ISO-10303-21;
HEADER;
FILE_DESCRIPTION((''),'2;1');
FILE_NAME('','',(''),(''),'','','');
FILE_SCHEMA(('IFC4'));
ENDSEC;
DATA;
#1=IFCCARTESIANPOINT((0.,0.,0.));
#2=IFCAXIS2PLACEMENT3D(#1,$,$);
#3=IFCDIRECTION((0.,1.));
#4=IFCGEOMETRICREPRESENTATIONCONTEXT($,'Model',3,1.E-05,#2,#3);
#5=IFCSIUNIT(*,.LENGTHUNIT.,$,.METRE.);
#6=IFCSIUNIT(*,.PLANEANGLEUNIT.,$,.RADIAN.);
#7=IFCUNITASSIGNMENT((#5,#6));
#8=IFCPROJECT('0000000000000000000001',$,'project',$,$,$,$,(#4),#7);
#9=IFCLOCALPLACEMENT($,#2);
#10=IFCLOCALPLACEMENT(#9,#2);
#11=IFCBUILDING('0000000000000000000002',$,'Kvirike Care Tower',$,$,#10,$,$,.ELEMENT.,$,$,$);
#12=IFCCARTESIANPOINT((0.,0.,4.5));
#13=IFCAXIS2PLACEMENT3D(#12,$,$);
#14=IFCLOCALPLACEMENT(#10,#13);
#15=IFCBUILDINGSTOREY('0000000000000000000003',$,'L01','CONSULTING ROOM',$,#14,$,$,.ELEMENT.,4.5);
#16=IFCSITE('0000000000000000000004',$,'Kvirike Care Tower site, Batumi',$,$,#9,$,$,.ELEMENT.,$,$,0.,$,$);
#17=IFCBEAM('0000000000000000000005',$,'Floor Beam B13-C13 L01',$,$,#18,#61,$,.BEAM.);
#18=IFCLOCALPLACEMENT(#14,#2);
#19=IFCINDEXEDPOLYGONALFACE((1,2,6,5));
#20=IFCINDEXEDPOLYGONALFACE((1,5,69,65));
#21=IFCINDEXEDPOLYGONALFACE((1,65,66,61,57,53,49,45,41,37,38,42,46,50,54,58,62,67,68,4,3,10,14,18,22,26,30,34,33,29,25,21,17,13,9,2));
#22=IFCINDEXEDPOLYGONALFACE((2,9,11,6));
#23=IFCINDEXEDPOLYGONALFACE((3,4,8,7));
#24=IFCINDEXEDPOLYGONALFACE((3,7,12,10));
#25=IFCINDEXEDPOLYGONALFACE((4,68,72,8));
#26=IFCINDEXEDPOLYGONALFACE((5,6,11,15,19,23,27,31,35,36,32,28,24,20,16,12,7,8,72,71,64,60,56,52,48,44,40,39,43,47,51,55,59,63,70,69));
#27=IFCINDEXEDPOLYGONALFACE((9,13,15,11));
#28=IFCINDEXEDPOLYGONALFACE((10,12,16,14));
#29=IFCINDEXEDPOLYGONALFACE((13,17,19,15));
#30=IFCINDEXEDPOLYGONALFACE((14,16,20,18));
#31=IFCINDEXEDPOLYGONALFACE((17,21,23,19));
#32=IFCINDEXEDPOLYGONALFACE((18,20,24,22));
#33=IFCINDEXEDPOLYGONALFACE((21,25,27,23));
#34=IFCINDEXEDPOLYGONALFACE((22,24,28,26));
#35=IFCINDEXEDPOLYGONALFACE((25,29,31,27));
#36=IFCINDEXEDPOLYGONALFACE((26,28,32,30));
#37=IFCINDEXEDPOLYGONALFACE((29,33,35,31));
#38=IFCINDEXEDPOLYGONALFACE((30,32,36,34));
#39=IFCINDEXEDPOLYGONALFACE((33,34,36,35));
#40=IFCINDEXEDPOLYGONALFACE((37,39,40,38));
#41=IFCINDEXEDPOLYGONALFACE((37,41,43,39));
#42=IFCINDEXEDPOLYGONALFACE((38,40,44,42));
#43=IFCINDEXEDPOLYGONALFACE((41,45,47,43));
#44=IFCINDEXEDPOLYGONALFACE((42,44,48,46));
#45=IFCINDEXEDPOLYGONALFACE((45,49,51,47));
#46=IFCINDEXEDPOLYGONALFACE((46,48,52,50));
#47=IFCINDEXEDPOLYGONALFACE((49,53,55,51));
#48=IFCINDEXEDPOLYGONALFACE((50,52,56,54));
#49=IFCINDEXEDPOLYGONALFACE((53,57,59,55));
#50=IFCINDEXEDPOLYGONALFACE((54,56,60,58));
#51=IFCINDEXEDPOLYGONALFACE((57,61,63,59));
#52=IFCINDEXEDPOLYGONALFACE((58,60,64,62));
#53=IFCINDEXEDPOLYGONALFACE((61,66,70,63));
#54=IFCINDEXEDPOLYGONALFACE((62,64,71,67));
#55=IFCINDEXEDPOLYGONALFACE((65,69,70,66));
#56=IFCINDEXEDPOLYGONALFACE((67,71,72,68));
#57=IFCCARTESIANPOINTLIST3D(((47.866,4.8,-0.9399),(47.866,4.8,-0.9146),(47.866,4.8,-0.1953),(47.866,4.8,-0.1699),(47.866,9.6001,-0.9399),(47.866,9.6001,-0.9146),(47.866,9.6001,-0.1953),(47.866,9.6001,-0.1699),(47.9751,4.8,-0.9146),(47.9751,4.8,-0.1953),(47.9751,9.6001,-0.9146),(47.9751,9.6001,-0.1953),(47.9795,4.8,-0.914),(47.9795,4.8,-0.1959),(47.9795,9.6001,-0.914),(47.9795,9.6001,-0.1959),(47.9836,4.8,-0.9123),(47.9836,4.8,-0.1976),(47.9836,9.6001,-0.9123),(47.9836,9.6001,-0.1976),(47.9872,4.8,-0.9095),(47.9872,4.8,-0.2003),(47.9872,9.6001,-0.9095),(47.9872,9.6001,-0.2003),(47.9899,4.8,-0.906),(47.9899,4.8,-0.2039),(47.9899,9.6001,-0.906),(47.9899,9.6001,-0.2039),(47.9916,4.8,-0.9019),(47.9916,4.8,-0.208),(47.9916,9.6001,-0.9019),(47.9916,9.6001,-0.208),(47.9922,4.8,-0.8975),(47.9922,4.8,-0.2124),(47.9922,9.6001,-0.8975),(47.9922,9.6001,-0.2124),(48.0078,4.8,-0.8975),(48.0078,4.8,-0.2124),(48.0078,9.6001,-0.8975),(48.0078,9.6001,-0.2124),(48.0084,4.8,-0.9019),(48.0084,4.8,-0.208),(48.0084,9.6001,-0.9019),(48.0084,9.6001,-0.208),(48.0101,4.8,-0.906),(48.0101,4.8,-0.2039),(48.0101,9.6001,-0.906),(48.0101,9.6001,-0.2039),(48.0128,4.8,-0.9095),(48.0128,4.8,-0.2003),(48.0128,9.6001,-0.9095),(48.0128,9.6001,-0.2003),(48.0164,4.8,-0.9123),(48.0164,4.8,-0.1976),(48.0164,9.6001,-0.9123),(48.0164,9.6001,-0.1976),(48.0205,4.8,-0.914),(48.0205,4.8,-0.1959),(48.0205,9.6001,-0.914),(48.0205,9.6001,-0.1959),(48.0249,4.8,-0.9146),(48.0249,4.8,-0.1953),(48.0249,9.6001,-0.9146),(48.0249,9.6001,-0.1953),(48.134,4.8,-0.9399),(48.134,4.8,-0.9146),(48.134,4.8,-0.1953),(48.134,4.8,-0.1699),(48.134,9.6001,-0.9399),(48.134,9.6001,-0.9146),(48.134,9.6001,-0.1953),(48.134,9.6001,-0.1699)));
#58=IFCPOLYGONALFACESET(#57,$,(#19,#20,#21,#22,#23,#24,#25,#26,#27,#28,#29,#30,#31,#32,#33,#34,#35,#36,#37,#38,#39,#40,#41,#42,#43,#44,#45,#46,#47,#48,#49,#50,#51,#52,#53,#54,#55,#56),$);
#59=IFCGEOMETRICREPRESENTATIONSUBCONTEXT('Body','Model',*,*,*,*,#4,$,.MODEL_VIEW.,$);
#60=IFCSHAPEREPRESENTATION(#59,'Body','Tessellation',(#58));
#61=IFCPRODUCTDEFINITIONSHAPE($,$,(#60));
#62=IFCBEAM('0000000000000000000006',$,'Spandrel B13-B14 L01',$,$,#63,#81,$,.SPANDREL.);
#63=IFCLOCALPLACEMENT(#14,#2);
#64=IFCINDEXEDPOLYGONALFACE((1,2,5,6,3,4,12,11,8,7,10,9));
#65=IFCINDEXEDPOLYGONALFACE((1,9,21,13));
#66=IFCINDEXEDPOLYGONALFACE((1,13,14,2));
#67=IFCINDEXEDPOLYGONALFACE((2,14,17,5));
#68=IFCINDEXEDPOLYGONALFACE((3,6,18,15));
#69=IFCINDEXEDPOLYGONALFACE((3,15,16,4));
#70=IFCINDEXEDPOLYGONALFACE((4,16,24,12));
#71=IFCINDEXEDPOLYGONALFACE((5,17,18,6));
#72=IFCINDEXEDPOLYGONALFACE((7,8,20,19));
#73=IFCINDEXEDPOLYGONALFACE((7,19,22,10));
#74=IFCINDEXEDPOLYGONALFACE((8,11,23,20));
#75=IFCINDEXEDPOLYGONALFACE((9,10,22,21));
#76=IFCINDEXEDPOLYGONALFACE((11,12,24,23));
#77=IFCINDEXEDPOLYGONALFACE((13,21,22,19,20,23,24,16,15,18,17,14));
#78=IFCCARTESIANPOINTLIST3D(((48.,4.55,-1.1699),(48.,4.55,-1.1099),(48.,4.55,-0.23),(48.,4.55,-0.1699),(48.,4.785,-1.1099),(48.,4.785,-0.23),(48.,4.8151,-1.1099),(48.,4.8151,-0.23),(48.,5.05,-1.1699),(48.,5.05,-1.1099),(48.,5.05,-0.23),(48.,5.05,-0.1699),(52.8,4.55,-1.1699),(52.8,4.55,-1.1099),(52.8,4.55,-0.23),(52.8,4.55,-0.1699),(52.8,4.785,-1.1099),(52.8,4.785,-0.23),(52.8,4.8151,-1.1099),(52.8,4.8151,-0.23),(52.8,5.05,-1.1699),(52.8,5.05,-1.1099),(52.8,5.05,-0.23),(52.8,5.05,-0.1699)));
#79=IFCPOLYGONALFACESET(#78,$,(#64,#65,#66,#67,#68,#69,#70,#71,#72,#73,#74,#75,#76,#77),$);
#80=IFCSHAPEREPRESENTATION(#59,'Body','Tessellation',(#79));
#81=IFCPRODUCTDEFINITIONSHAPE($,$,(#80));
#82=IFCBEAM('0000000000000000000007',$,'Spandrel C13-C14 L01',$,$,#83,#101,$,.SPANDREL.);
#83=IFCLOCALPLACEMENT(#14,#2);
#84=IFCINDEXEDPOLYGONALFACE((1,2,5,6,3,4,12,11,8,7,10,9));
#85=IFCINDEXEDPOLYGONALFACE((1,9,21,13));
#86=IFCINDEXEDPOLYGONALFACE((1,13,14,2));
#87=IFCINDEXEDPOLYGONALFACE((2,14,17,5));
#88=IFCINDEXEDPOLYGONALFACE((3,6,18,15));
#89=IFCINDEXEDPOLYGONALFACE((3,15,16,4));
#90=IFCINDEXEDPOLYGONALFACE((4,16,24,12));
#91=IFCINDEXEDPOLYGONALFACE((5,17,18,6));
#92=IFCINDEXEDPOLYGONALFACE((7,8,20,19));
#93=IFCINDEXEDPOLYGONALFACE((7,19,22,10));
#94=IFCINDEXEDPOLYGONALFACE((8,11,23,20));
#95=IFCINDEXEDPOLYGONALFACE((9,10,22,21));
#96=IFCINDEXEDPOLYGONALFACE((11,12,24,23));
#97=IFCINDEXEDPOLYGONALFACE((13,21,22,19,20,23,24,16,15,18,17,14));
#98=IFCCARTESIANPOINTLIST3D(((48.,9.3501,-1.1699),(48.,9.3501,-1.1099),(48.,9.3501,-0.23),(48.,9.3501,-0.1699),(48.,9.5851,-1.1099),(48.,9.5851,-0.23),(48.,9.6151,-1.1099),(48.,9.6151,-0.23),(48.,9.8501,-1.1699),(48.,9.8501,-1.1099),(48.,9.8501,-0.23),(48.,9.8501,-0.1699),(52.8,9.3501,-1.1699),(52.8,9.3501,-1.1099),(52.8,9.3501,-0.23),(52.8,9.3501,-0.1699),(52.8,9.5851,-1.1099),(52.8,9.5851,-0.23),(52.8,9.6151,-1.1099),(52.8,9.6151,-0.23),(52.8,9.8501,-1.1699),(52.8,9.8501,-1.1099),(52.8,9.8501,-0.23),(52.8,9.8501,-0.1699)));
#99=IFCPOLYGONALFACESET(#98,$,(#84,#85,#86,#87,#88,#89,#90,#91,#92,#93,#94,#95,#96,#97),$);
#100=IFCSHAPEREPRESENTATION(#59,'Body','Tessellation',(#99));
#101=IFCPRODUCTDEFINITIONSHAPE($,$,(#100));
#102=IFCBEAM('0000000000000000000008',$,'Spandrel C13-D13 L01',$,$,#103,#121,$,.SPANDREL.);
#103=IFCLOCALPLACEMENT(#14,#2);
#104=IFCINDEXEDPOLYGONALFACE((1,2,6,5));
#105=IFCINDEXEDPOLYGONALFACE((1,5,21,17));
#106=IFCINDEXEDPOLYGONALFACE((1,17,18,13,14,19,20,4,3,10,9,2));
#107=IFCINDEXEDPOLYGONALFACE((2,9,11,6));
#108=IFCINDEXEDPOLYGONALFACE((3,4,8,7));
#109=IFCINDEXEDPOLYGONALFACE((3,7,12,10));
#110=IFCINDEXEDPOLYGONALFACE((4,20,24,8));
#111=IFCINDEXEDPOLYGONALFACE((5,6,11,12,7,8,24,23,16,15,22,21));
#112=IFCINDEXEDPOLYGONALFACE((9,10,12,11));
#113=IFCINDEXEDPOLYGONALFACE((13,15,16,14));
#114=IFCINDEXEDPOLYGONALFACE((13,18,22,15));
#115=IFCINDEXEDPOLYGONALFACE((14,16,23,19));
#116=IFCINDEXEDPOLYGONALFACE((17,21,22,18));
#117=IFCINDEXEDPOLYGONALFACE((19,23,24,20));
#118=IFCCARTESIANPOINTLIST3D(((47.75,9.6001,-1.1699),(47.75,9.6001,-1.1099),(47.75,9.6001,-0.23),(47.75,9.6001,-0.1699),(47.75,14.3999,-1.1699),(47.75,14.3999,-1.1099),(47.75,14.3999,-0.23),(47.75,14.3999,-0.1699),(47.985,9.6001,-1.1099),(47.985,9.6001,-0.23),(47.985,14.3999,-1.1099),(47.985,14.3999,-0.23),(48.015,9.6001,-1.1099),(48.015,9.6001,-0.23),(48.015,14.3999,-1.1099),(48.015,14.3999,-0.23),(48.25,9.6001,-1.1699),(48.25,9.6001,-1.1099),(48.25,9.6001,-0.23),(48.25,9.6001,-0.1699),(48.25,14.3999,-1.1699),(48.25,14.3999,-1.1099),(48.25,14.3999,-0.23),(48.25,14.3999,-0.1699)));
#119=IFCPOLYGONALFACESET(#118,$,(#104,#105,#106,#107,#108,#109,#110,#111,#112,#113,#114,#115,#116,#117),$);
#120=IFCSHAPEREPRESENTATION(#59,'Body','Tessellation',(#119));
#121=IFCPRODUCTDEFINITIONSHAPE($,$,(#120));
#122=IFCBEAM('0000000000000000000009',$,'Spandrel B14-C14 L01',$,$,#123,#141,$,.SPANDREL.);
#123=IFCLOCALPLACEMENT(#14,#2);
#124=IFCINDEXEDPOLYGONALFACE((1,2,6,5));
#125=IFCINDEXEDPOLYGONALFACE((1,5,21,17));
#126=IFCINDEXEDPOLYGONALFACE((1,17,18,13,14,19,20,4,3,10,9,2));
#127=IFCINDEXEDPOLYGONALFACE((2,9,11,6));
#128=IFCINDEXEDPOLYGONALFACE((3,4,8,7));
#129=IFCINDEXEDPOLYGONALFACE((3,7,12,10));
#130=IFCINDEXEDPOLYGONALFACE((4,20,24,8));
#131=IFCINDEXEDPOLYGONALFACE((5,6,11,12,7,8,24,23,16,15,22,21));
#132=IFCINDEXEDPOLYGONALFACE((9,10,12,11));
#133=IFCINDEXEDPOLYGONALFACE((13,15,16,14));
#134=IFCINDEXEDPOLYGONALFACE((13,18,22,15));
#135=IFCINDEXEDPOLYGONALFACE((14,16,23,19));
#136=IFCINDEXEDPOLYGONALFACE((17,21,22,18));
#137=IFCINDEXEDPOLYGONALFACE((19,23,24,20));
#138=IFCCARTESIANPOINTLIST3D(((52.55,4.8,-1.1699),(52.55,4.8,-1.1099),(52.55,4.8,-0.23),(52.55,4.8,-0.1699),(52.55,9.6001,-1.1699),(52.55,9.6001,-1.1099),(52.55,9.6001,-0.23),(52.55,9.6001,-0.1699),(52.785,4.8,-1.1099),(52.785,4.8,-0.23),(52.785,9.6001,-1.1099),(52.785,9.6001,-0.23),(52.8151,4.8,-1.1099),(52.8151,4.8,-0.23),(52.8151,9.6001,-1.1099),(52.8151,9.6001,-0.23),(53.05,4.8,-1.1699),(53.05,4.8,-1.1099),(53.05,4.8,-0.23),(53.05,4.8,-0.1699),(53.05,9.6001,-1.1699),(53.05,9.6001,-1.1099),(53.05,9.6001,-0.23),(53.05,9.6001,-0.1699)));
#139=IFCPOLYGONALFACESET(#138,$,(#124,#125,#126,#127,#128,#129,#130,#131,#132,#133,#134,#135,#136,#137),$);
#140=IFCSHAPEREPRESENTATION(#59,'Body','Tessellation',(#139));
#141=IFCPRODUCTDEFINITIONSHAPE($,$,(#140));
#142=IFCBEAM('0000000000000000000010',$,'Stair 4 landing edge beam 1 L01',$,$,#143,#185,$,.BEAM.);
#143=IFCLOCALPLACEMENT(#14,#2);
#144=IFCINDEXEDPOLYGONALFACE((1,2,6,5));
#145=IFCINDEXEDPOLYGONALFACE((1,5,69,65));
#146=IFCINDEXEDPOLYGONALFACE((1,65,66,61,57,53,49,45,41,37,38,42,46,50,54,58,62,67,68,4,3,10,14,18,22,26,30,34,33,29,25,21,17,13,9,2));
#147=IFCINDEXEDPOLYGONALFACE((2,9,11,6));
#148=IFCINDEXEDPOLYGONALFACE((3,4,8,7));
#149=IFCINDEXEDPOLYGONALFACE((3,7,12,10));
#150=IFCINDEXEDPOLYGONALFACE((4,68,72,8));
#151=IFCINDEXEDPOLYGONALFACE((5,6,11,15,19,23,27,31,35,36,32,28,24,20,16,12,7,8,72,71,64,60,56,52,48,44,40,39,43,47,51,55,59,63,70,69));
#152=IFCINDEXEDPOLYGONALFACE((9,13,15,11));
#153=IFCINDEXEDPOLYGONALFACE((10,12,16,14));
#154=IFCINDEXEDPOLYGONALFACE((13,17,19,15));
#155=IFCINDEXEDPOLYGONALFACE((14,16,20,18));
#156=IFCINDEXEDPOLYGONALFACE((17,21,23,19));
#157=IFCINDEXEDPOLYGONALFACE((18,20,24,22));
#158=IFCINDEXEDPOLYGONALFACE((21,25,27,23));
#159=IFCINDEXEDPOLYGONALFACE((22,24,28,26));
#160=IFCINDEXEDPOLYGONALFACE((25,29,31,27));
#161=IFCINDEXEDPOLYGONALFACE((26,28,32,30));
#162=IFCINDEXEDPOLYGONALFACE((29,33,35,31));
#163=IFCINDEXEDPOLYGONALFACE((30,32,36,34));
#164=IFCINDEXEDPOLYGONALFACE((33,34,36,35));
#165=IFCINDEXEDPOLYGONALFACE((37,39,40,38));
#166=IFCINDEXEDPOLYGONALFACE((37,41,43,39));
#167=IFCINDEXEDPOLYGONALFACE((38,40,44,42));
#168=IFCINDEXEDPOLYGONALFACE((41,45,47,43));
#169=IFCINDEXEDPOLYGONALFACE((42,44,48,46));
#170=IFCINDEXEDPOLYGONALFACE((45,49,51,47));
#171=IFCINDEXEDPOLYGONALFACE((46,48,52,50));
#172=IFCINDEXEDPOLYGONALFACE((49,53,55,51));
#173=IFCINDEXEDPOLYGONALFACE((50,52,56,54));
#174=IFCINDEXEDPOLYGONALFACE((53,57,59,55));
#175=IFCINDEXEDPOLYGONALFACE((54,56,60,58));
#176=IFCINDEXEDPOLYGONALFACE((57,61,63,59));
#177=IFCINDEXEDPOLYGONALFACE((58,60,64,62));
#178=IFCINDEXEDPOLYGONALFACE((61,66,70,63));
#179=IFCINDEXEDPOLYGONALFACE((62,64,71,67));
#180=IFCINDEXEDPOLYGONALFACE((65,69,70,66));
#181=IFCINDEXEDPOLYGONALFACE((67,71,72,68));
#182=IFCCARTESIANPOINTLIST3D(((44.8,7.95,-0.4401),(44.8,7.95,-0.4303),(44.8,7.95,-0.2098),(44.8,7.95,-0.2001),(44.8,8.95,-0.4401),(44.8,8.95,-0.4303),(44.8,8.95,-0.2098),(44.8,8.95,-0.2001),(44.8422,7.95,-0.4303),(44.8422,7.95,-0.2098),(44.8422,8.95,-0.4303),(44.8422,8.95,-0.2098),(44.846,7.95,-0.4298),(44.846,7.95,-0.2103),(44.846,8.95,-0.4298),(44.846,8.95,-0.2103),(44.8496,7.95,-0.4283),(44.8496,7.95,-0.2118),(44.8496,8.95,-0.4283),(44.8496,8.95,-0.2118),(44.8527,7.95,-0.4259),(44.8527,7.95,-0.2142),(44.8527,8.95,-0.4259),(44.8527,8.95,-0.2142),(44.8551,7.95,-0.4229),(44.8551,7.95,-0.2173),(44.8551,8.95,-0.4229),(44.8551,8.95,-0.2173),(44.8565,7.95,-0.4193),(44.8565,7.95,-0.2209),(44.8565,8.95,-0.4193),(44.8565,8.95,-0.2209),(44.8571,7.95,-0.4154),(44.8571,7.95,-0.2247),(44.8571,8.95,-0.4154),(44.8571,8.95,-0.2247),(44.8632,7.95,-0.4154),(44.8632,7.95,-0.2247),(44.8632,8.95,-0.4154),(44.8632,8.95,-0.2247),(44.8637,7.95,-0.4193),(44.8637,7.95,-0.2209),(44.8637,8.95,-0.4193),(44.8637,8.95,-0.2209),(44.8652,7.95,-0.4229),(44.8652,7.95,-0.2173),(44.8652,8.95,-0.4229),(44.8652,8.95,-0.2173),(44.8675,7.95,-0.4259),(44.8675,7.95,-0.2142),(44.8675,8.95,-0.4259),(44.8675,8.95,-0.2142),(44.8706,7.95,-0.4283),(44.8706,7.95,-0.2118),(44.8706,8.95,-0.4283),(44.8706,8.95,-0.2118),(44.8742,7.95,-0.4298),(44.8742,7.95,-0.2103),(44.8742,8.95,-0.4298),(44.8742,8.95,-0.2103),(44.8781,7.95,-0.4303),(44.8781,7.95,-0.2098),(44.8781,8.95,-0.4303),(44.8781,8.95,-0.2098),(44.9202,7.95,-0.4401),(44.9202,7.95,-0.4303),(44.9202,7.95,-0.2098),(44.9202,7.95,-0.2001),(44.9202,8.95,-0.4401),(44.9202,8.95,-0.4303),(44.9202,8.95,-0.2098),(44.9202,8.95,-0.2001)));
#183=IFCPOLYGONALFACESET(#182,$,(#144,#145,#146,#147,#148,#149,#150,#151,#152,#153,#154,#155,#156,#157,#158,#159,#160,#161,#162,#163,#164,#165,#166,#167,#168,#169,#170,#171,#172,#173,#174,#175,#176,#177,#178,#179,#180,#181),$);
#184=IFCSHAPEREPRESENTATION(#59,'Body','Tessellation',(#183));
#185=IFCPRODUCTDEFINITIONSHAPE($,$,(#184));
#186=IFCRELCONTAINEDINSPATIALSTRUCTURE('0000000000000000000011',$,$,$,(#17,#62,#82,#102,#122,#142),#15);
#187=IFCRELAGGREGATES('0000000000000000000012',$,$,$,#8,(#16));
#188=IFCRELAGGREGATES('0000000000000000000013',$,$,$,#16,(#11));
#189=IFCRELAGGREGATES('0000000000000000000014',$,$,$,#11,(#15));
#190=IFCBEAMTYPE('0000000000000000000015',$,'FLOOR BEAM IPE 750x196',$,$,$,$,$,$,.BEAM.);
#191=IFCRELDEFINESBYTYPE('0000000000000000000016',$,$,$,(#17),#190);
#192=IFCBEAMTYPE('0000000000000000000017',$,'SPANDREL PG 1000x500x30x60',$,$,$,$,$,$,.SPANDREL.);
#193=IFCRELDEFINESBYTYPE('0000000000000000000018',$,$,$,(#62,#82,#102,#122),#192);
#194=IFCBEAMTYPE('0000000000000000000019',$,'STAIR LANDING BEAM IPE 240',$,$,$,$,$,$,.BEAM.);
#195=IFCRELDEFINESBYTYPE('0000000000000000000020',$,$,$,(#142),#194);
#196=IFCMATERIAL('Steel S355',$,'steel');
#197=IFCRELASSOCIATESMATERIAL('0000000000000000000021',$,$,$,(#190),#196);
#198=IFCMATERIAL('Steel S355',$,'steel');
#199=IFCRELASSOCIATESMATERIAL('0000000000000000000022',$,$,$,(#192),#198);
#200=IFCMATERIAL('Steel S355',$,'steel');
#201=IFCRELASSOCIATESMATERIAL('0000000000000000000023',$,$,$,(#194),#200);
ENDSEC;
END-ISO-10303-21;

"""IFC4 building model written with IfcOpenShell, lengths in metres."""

from ifc_helpers import new_model, si_unit, direction, frame, origin, origin_2d, place, context, subcontext, project, spatial, i_section, extrude, material, material_profile, profile_set, type_object, element, save


model = new_model("IFC4")

# Units and contexts
model_context = context("Model", 3, precision=1e-05, world=origin(), true_north=direction((0.0, 1.0)))
body_context = subcontext(model_context, "Body", "Model", "MODEL_VIEW")
ifc_project = project(units=[si_unit("LENGTHUNIT", "METRE"), si_unit("PLANEANGLEUNIT", "RADIAN")], contexts=[model_context])

# Site, building, storey
site_placement = place(None, origin())
site = spatial("IfcSite", under=ifc_project, at=site_placement, Name="Kvirike Care Tower site, Batumi", CompositionType="ELEMENT", RefElevation=0.0)
building_placement = place(site_placement, origin())
building = spatial("IfcBuilding", under=site, at=building_placement, Name="Kvirike Care Tower", CompositionType="ELEMENT")
storey_placement = place(building_placement, frame((0.0, 0.0, 4.5)))
storey = spatial("IfcBuildingStorey", under=building, at=storey_placement, Name="L01", Description="CONSULTING ROOM", CompositionType="ELEMENT", Elevation=4.5)

# Beams
ifc_material_1 = material(Name="Steel S355", Category="steel")
ifc_material_profile_1 = material_profile(ifc_material_1, i_section(OverallWidth=0.2681, OverallDepth=0.77, WebThickness=0.0156, FlangeThickness=0.0254, FilletRadius=0.0171, at=origin_2d()), Name="IPE 750x196")
ifc_profile_set_1 = profile_set([ifc_material_profile_1], Name="Steel S355")
beam_type_1 = type_object("IfcBeamType", Name="FLOOR BEAM IPE 750x196", PredefinedType="BEAM", material=ifc_profile_set_1)
beam_1_placement = place(storey_placement, frame((48.0, 4.8, -0.5549), z_axis=(0.0, 1.0, 0.0), x_axis=(-1.0, 0.0, 0.0)))
element("IfcBeam", 1, at=beam_1_placement, inside=storey, type_object=beam_type_1, Name="Floor Beam B13-C13 L01", PredefinedType="BEAM", context=body_context, shape_type="SweptSolid", body=[
    extrude(i_section(OverallWidth=0.2681, OverallDepth=0.77, WebThickness=0.0156, FlangeThickness=0.0254, FilletRadius=0.0171, at=origin_2d()), origin(), (0.0, 0.0, 1.0), 4.8),
])
ifc_material_2 = material(Name="Steel S355", Category="steel")
ifc_material_profile_2 = material_profile(ifc_material_2, i_section(OverallWidth=0.5, OverallDepth=1.0, WebThickness=0.03, FlangeThickness=0.0601, at=origin_2d()), Name="PG 1000x500x30x60")
ifc_profile_set_2 = profile_set([ifc_material_profile_2], Name="Steel S355")
beam_type_2 = type_object("IfcBeamType", Name="SPANDREL PG 1000x500x30x60", PredefinedType="SPANDREL", material=ifc_profile_set_2)
for number, where, z_axis, x_axis, name in (
    (2, (48.0, 4.8, -0.6699), (1.0, 0.0, 0.0), (0.0, 1.0, 0.0), "Spandrel B13-B14 L01"),
    (3, (48.0, 9.6001, -0.6699), (1.0, 0.0, 0.0), (0.0, 1.0, 0.0), "Spandrel C13-C14 L01"),
):
    element("IfcBeam", number, at=place(storey_placement, frame(where, z_axis=z_axis, x_axis=x_axis)), inside=storey, type_object=beam_type_2, Name=name, PredefinedType="SPANDREL", context=body_context, shape_type="SweptSolid", body=[
        extrude(i_section(OverallWidth=0.5, OverallDepth=1.0, WebThickness=0.03, FlangeThickness=0.0601, at=origin_2d()), origin(), (0.0, 0.0, 1.0), 4.8),
    ])
beam_2_placement = place(storey_placement, frame((48.0, 9.6001, -0.6699), z_axis=(0.0, 1.0, 0.0), x_axis=(-1.0, 0.0, 0.0)))
element("IfcBeam", 4, at=beam_2_placement, inside=storey, type_object=beam_type_2, Name="Spandrel C13-D13 L01", PredefinedType="SPANDREL", context=body_context, shape_type="SweptSolid", body=[
    extrude(i_section(OverallWidth=0.5, OverallDepth=1.0, WebThickness=0.03, FlangeThickness=0.0601, at=origin_2d()), origin(), (0.0, 0.0, 1.0), 4.7998),
])
beam_3_placement = place(storey_placement, frame((52.8, 4.8, -0.6699), z_axis=(0.0, 1.0, 0.0), x_axis=(-1.0, 0.0, 0.0)))
element("IfcBeam", 5, at=beam_3_placement, inside=storey, type_object=beam_type_2, Name="Spandrel B14-C14 L01", PredefinedType="SPANDREL", context=body_context, shape_type="SweptSolid", body=[
    extrude(i_section(OverallWidth=0.5, OverallDepth=1.0, WebThickness=0.03, FlangeThickness=0.0601, at=origin_2d()), origin(), (0.0, 0.0, 1.0), 4.8),
])
ifc_material_3 = material(Name="Steel S355", Category="steel")
ifc_material_profile_3 = material_profile(ifc_material_3, i_section(OverallWidth=0.1201, OverallDepth=0.24, WebThickness=0.0061, FlangeThickness=0.0098, FilletRadius=0.0149, at=origin_2d()), Name="IPE 240")
ifc_profile_set_3 = profile_set([ifc_material_profile_3], Name="Steel S355")
beam_type_3 = type_object("IfcBeamType", Name="STAIR LANDING BEAM IPE 240", PredefinedType="BEAM", material=ifc_profile_set_3)
for number, where, z_axis, x_axis, name in (
    (6, (44.8601, 8.95, -0.3201), (0.0, -1.0, 0.0), (1.0, 0.0, 0.0), "Stair 4 landing edge beam 1 L01"),
):
    element("IfcBeam", number, at=place(storey_placement, frame(where, z_axis=z_axis, x_axis=x_axis)), inside=storey, type_object=beam_type_3, Name=name, PredefinedType="BEAM", context=body_context, shape_type="SweptSolid", body=[
        extrude(i_section(OverallWidth=0.1201, OverallDepth=0.24, WebThickness=0.0061, FlangeThickness=0.0098, FilletRadius=0.0149, at=origin_2d()), origin(), (0.0, 0.0, 1.0), 1.0),
    ])

save(model, "model.ifc")
